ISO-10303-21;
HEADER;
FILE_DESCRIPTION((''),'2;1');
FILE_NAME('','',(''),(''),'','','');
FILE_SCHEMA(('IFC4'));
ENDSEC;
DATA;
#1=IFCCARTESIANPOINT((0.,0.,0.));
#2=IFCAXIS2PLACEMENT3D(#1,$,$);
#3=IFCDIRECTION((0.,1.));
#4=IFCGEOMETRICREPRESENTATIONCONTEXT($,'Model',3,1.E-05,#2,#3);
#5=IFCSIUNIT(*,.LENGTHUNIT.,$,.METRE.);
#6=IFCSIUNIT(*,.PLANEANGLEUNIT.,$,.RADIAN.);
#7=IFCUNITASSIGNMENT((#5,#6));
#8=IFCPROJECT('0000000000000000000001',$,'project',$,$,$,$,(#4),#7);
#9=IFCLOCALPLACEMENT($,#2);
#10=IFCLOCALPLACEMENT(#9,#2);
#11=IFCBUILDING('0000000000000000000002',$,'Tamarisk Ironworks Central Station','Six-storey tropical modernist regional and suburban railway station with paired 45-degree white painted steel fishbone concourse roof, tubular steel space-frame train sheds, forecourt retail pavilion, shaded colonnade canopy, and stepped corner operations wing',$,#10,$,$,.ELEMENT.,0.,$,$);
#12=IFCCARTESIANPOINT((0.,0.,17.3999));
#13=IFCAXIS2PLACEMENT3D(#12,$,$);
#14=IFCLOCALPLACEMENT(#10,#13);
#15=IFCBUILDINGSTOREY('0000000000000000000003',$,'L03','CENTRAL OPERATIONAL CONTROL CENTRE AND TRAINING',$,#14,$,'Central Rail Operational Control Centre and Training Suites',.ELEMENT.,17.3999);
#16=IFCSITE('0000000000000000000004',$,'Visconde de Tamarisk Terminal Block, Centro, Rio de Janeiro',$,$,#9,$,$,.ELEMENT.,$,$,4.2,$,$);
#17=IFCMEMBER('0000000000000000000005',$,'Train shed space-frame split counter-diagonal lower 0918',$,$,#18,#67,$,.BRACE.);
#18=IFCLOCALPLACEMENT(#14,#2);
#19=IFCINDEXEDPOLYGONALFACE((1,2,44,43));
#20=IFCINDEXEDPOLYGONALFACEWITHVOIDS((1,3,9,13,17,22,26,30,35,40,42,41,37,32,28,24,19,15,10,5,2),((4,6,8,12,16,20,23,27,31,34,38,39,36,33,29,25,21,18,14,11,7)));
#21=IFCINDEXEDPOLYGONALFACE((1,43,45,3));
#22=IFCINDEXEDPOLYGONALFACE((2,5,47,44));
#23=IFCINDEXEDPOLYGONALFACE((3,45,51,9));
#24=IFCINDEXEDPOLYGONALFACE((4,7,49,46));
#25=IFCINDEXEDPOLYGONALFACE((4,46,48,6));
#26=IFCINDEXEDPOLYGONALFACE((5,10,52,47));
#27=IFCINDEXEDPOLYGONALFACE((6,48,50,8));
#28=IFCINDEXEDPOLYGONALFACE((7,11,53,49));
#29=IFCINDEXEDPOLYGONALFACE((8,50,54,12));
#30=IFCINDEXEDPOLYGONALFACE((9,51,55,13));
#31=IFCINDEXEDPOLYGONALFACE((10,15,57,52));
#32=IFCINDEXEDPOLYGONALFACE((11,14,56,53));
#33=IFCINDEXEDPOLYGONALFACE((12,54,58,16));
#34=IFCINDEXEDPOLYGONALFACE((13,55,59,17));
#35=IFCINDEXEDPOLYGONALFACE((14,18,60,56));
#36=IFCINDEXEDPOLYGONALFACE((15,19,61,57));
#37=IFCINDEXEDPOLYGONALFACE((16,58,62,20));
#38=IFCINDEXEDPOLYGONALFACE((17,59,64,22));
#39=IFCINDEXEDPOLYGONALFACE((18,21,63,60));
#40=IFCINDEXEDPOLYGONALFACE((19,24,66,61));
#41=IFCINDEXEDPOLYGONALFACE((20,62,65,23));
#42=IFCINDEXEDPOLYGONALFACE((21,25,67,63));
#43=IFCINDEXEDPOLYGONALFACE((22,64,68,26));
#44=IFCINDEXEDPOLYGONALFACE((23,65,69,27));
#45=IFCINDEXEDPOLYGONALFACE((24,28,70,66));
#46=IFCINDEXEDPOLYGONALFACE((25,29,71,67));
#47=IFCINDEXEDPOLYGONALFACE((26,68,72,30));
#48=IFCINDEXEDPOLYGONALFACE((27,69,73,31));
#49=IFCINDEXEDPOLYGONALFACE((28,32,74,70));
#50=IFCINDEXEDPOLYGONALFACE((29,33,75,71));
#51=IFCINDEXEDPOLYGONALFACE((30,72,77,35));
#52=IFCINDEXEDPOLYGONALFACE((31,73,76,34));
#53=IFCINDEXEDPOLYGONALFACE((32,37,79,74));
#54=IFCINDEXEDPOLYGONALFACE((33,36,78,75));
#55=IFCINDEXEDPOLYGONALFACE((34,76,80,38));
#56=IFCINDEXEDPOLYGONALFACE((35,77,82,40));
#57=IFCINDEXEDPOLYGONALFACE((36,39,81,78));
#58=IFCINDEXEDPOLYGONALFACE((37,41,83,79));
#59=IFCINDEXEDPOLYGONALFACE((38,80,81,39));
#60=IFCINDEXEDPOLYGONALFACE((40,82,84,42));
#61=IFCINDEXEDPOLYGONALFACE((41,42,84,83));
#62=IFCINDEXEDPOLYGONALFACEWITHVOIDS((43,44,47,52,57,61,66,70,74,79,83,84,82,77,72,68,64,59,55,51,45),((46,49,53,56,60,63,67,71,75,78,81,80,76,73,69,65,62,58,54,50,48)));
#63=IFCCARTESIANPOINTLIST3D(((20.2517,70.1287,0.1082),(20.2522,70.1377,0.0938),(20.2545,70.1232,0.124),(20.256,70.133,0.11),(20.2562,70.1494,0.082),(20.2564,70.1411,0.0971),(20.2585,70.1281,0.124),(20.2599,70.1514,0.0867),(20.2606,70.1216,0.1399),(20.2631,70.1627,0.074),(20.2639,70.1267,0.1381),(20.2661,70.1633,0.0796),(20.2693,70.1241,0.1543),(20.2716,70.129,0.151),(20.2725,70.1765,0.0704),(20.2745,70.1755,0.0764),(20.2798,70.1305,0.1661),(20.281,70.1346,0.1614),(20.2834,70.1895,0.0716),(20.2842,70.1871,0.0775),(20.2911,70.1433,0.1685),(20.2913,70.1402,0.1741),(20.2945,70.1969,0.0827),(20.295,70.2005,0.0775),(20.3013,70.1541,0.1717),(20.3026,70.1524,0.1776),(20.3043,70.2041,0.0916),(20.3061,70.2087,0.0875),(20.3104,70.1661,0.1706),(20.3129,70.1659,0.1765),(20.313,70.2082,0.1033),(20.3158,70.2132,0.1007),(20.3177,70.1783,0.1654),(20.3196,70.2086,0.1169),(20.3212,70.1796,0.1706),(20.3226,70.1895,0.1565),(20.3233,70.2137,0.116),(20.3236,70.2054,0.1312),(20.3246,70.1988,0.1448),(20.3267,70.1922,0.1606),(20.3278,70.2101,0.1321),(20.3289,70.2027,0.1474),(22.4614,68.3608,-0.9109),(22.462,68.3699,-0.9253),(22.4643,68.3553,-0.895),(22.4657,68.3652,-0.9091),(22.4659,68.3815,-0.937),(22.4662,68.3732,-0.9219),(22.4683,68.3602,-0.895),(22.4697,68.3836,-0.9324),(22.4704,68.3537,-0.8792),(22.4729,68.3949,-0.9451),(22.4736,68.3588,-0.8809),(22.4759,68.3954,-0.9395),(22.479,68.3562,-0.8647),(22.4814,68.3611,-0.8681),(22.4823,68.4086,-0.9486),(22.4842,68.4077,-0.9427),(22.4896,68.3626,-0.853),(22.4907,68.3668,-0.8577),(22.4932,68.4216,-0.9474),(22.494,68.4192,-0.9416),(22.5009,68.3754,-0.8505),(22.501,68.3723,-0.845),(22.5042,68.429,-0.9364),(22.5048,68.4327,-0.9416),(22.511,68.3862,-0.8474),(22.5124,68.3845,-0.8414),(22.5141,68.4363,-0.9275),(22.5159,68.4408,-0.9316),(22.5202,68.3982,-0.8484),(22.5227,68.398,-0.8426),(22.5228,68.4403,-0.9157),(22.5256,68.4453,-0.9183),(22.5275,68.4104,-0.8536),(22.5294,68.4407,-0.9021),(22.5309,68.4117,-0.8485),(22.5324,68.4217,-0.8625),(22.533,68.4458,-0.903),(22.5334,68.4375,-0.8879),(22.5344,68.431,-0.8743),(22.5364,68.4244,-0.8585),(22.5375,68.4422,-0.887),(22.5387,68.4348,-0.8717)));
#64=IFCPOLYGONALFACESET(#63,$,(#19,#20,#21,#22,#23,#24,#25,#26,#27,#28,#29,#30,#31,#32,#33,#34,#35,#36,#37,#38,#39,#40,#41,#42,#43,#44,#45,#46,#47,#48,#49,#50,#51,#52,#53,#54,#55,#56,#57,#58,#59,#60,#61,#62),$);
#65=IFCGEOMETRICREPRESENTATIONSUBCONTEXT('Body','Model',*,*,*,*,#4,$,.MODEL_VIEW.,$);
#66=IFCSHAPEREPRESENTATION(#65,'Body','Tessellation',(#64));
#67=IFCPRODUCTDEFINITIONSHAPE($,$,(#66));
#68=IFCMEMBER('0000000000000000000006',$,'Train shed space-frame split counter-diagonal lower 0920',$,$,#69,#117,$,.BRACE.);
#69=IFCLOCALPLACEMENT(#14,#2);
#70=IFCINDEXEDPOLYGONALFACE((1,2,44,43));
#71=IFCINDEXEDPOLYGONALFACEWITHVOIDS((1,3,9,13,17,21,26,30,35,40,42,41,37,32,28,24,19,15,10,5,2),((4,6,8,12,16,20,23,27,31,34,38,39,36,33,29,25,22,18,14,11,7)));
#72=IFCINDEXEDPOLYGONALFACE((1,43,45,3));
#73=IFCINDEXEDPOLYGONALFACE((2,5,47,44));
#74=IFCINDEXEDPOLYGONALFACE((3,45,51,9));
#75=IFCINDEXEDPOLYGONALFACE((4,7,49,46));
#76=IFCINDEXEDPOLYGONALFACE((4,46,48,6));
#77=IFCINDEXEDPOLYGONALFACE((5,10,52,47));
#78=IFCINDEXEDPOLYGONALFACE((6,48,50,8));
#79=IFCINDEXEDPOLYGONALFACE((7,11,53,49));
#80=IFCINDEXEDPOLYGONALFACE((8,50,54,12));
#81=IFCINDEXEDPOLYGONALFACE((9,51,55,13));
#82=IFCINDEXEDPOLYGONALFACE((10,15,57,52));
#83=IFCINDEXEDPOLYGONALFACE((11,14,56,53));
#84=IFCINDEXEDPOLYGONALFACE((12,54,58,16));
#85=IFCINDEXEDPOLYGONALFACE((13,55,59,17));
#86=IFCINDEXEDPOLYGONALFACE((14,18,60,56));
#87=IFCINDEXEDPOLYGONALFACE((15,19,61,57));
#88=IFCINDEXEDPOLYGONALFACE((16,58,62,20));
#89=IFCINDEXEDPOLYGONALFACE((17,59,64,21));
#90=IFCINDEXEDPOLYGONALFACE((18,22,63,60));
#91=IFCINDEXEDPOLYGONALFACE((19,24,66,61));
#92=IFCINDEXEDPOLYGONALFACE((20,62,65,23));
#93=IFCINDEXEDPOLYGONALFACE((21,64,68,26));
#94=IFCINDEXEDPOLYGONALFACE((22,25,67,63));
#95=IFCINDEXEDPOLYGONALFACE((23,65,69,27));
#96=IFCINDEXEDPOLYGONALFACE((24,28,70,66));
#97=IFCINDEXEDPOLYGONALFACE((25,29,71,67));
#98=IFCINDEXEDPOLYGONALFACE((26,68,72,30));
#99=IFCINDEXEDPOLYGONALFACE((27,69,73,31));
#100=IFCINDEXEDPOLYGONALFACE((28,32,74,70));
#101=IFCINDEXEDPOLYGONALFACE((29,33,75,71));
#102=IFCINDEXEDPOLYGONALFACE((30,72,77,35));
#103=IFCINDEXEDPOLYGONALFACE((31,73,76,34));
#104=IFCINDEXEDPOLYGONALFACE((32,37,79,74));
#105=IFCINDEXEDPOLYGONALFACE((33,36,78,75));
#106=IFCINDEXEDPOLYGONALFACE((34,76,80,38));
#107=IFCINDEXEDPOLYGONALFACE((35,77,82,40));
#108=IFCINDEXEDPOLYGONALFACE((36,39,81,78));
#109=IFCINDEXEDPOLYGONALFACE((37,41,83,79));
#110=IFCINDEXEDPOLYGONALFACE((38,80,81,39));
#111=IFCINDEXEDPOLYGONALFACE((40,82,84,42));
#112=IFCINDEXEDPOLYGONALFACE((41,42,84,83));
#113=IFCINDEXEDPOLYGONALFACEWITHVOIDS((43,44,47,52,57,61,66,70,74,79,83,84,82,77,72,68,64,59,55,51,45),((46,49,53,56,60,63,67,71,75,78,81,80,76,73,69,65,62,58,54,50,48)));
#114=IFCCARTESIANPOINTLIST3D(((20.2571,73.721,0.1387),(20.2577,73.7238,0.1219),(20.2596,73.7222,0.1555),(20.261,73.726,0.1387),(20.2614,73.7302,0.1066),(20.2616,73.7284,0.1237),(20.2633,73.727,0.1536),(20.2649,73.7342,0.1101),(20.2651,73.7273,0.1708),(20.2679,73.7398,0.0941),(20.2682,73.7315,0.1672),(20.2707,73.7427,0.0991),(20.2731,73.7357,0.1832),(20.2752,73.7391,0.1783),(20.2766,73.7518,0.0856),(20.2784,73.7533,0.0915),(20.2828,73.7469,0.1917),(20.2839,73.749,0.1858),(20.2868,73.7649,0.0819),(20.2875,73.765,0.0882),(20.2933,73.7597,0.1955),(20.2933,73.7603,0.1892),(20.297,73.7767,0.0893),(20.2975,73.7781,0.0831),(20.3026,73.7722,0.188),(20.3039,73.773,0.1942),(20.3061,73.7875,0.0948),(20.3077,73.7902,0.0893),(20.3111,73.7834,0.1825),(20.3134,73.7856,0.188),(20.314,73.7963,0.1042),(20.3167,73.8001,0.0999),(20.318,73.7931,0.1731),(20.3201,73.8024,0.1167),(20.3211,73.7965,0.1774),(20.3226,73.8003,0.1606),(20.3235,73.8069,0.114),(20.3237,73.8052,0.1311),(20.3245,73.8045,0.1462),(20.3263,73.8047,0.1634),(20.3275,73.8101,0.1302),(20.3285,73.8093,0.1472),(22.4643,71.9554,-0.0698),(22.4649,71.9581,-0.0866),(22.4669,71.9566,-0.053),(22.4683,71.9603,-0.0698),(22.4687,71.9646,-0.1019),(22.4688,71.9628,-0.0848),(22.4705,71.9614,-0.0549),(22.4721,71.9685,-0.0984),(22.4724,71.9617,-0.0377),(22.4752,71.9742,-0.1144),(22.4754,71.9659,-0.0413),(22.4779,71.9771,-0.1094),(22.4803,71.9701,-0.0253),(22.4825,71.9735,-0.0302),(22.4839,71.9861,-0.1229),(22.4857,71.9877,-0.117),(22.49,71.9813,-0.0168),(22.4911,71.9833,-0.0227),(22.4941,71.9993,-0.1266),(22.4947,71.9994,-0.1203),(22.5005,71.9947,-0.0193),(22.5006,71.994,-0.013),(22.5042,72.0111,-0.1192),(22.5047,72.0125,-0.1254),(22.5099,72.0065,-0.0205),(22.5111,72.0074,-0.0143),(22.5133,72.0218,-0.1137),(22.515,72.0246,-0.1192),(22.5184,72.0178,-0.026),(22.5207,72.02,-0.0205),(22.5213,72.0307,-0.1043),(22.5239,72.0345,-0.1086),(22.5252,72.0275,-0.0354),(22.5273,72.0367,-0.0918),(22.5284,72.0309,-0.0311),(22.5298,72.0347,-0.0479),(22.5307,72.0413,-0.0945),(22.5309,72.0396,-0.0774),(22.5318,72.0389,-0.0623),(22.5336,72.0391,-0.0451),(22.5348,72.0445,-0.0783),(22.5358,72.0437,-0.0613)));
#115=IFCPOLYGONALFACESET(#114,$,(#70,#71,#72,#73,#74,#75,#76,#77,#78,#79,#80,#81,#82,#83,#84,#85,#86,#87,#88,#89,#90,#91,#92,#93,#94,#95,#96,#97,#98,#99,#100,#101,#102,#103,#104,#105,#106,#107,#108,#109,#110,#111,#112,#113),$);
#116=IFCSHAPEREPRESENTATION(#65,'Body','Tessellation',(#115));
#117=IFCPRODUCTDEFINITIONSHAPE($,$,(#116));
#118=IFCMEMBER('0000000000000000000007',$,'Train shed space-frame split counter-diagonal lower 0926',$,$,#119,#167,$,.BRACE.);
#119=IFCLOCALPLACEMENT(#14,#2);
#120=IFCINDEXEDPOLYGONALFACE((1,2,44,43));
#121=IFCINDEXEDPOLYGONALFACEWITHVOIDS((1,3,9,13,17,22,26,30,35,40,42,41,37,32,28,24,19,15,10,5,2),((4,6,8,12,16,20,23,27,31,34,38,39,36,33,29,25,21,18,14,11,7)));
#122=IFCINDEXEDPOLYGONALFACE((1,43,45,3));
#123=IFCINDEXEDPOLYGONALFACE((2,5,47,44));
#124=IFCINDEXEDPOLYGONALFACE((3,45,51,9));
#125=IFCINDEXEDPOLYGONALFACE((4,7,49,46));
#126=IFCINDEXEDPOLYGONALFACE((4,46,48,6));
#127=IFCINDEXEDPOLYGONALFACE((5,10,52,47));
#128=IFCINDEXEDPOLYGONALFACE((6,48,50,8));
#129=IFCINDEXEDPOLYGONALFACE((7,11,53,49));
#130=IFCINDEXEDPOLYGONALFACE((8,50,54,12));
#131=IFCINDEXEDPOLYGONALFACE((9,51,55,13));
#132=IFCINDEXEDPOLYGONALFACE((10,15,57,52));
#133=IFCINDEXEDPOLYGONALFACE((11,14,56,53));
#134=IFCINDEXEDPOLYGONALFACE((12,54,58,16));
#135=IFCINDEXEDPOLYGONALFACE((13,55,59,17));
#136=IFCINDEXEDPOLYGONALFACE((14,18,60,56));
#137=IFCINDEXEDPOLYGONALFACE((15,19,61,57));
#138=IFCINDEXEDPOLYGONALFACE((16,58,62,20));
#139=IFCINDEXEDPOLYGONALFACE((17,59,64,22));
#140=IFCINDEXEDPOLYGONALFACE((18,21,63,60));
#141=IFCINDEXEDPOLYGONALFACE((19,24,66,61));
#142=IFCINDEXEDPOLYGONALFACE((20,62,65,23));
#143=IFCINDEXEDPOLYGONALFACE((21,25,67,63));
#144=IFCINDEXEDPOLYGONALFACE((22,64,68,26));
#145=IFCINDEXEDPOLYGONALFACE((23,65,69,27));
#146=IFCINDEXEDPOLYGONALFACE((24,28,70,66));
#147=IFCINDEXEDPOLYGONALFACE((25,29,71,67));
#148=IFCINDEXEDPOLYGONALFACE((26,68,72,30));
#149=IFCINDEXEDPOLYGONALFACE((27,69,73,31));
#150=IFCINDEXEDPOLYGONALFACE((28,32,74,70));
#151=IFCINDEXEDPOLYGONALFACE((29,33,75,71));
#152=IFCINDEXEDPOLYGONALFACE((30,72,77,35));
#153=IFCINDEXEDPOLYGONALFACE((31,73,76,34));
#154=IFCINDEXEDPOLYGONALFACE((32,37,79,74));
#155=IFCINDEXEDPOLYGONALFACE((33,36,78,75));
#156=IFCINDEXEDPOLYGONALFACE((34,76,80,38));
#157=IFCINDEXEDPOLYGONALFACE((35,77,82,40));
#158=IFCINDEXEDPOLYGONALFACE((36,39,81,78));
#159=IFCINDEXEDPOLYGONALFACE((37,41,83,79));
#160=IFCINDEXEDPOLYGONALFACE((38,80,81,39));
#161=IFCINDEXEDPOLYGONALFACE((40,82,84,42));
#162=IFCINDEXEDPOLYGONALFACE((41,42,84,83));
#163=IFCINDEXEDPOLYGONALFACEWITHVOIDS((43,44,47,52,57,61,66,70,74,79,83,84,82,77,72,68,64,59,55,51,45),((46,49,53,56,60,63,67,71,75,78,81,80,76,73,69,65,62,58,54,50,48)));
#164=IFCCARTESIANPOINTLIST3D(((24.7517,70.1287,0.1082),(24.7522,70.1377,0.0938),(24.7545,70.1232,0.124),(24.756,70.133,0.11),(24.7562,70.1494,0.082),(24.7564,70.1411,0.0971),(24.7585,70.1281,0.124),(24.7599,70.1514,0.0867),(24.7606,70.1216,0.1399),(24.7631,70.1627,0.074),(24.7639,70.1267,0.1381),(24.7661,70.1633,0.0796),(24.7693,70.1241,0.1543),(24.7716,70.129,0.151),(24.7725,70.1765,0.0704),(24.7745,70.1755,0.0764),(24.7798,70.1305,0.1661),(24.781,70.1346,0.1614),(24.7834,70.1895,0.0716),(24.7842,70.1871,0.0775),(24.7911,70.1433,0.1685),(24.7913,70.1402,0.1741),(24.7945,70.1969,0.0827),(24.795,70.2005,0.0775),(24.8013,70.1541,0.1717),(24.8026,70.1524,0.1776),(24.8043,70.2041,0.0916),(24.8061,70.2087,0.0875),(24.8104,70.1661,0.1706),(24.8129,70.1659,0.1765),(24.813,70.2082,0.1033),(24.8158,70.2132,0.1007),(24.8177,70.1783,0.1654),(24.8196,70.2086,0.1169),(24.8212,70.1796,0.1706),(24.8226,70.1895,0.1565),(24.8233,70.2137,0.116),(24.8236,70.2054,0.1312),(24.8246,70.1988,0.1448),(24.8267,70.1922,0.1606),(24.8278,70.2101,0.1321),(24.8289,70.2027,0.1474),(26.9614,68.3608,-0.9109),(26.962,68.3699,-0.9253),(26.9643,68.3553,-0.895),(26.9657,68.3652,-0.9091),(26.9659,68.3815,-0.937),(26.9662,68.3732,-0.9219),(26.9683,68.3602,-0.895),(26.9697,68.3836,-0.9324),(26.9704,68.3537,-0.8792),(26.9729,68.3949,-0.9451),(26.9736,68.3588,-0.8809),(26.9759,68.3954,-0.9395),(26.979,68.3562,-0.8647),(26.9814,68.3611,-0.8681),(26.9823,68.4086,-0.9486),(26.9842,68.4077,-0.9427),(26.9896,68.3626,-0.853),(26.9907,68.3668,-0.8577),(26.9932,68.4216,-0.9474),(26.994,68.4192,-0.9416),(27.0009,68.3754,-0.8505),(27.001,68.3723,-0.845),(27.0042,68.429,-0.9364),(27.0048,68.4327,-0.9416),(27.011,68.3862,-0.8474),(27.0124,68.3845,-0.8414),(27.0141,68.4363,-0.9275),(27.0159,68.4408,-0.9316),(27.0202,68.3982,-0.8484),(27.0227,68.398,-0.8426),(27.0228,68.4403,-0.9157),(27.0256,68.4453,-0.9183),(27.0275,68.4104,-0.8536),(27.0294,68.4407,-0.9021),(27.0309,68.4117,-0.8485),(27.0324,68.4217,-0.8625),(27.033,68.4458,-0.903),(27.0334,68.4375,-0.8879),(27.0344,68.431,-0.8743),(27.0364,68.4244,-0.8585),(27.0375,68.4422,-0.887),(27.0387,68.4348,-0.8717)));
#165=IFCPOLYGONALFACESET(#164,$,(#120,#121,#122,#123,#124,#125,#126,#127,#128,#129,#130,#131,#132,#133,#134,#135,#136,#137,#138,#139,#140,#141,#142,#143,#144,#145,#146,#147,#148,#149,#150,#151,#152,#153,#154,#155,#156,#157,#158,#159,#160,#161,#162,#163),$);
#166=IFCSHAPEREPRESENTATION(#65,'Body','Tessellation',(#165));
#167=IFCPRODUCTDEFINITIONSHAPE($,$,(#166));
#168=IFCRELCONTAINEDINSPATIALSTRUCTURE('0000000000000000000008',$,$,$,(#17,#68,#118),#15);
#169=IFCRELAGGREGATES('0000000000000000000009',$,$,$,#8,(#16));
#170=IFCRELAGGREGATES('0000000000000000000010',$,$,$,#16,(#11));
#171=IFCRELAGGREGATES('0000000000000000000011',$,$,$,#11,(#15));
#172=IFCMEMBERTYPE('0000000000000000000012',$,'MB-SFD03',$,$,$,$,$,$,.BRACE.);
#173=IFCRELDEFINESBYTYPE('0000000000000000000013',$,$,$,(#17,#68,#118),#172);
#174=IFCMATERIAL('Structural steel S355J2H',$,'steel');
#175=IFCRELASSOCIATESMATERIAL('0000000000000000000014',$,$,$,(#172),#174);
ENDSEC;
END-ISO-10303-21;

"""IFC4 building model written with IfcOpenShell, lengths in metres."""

from ifc_helpers import new_model, si_unit, direction, frame, origin, origin_2d, place, context, subcontext, project, spatial, hollow_circle, extrude, material, material_profile, profile_set, type_object, element, save


model = new_model("IFC4")

# Units and contexts
model_context = context("Model", 3, precision=1e-05, world=origin(), true_north=direction((0.0, 1.0)))
body_context = subcontext(model_context, "Body", "Model", "MODEL_VIEW")
ifc_project = project(units=[si_unit("LENGTHUNIT", "METRE"), si_unit("PLANEANGLEUNIT", "RADIAN")], contexts=[model_context])

# Site, building, storey
site_placement = place(None, origin())
site = spatial("IfcSite", under=ifc_project, at=site_placement, Name="Visconde de Tamarisk Terminal Block, Centro, Rio de Janeiro", CompositionType="ELEMENT", RefElevation=4.2)
building_placement = place(site_placement, origin())
building = spatial("IfcBuilding", under=site, at=building_placement, Name="Tamarisk Ironworks Central Station", Description="Six-storey tropical modernist regional and suburban railway station with paired 45-degree white painted steel fishbone concourse roof, tubular steel space-frame train sheds, forecourt retail pavilion, shaded colonnade canopy, and stepped corner operations wing", CompositionType="ELEMENT", ElevationOfRefHeight=0.0)
storey_placement = place(building_placement, frame((0.0, 0.0, 17.3999)))
storey = spatial("IfcBuildingStorey", under=building, at=storey_placement, Name="L03", Description="CENTRAL OPERATIONAL CONTROL CENTRE AND TRAINING", LongName="Central Rail Operational Control Centre and Training Suites", CompositionType="ELEMENT", Elevation=17.3999)

# Members
ifc_material = material(Name="Structural steel S355J2H", Category="steel")
ifc_material_profile_1 = material_profile(ifc_material, hollow_circle(Radius=0.0571, WallThickness=0.0063, at=origin_2d()), Name="CHS 114.3x6.3")
ifc_profile_set_1 = profile_set([ifc_material_profile_1], Name="Structural steel S355J2H")
member_type_1 = type_object("IfcMemberType", Name="MB-SFD03", PredefinedType="BRACE", material=ifc_profile_set_1)
member_1_placement = place(storey_placement, frame((22.5, 68.3999, -0.895), z_axis=(-0.734677, 0.587758, 0.338807), x_axis=(-0.624706, -0.78086, 0.0)))
element("IfcMember", 1, at=member_1_placement, inside=storey, type_object=member_type_1, Name="Train shed space-frame split counter-diagonal lower 0918", PredefinedType="BRACE", context=body_context, shape_type="SweptSolid", body=[
    extrude(hollow_circle(Radius=0.0571, WallThickness=0.0063, at=origin_2d()), origin(), (0.0, 0.0, 1.0), 3.0078),
])
member_2_placement = place(storey_placement, frame((22.5, 72.0, -0.0698), z_axis=(-0.778787, 0.62296, 0.073563), x_axis=(-0.624653, -0.780903, 0.0)))
element("IfcMember", 2, at=member_2_placement, inside=storey, type_object=member_type_1, Name="Train shed space-frame split counter-diagonal lower 0920", PredefinedType="BRACE", context=body_context, shape_type="SweptSolid", body=[
    extrude(hollow_circle(Radius=0.0571, WallThickness=0.0063, at=origin_2d()), origin(), (0.0, 0.0, 1.0), 2.8342),
])
member_3_placement = place(storey_placement, frame((27.0, 68.3999, -0.895), z_axis=(-0.734677, 0.587758, 0.338807), x_axis=(-0.624706, -0.78086, 0.0)))
element("IfcMember", 3, at=member_3_placement, inside=storey, type_object=member_type_1, Name="Train shed space-frame split counter-diagonal lower 0926", PredefinedType="BRACE", context=body_context, shape_type="SweptSolid", body=[
    extrude(hollow_circle(Radius=0.0571, WallThickness=0.0063, at=origin_2d()), origin(), (0.0, 0.0, 1.0), 3.0078),
])

save(model, "model.ifc")
